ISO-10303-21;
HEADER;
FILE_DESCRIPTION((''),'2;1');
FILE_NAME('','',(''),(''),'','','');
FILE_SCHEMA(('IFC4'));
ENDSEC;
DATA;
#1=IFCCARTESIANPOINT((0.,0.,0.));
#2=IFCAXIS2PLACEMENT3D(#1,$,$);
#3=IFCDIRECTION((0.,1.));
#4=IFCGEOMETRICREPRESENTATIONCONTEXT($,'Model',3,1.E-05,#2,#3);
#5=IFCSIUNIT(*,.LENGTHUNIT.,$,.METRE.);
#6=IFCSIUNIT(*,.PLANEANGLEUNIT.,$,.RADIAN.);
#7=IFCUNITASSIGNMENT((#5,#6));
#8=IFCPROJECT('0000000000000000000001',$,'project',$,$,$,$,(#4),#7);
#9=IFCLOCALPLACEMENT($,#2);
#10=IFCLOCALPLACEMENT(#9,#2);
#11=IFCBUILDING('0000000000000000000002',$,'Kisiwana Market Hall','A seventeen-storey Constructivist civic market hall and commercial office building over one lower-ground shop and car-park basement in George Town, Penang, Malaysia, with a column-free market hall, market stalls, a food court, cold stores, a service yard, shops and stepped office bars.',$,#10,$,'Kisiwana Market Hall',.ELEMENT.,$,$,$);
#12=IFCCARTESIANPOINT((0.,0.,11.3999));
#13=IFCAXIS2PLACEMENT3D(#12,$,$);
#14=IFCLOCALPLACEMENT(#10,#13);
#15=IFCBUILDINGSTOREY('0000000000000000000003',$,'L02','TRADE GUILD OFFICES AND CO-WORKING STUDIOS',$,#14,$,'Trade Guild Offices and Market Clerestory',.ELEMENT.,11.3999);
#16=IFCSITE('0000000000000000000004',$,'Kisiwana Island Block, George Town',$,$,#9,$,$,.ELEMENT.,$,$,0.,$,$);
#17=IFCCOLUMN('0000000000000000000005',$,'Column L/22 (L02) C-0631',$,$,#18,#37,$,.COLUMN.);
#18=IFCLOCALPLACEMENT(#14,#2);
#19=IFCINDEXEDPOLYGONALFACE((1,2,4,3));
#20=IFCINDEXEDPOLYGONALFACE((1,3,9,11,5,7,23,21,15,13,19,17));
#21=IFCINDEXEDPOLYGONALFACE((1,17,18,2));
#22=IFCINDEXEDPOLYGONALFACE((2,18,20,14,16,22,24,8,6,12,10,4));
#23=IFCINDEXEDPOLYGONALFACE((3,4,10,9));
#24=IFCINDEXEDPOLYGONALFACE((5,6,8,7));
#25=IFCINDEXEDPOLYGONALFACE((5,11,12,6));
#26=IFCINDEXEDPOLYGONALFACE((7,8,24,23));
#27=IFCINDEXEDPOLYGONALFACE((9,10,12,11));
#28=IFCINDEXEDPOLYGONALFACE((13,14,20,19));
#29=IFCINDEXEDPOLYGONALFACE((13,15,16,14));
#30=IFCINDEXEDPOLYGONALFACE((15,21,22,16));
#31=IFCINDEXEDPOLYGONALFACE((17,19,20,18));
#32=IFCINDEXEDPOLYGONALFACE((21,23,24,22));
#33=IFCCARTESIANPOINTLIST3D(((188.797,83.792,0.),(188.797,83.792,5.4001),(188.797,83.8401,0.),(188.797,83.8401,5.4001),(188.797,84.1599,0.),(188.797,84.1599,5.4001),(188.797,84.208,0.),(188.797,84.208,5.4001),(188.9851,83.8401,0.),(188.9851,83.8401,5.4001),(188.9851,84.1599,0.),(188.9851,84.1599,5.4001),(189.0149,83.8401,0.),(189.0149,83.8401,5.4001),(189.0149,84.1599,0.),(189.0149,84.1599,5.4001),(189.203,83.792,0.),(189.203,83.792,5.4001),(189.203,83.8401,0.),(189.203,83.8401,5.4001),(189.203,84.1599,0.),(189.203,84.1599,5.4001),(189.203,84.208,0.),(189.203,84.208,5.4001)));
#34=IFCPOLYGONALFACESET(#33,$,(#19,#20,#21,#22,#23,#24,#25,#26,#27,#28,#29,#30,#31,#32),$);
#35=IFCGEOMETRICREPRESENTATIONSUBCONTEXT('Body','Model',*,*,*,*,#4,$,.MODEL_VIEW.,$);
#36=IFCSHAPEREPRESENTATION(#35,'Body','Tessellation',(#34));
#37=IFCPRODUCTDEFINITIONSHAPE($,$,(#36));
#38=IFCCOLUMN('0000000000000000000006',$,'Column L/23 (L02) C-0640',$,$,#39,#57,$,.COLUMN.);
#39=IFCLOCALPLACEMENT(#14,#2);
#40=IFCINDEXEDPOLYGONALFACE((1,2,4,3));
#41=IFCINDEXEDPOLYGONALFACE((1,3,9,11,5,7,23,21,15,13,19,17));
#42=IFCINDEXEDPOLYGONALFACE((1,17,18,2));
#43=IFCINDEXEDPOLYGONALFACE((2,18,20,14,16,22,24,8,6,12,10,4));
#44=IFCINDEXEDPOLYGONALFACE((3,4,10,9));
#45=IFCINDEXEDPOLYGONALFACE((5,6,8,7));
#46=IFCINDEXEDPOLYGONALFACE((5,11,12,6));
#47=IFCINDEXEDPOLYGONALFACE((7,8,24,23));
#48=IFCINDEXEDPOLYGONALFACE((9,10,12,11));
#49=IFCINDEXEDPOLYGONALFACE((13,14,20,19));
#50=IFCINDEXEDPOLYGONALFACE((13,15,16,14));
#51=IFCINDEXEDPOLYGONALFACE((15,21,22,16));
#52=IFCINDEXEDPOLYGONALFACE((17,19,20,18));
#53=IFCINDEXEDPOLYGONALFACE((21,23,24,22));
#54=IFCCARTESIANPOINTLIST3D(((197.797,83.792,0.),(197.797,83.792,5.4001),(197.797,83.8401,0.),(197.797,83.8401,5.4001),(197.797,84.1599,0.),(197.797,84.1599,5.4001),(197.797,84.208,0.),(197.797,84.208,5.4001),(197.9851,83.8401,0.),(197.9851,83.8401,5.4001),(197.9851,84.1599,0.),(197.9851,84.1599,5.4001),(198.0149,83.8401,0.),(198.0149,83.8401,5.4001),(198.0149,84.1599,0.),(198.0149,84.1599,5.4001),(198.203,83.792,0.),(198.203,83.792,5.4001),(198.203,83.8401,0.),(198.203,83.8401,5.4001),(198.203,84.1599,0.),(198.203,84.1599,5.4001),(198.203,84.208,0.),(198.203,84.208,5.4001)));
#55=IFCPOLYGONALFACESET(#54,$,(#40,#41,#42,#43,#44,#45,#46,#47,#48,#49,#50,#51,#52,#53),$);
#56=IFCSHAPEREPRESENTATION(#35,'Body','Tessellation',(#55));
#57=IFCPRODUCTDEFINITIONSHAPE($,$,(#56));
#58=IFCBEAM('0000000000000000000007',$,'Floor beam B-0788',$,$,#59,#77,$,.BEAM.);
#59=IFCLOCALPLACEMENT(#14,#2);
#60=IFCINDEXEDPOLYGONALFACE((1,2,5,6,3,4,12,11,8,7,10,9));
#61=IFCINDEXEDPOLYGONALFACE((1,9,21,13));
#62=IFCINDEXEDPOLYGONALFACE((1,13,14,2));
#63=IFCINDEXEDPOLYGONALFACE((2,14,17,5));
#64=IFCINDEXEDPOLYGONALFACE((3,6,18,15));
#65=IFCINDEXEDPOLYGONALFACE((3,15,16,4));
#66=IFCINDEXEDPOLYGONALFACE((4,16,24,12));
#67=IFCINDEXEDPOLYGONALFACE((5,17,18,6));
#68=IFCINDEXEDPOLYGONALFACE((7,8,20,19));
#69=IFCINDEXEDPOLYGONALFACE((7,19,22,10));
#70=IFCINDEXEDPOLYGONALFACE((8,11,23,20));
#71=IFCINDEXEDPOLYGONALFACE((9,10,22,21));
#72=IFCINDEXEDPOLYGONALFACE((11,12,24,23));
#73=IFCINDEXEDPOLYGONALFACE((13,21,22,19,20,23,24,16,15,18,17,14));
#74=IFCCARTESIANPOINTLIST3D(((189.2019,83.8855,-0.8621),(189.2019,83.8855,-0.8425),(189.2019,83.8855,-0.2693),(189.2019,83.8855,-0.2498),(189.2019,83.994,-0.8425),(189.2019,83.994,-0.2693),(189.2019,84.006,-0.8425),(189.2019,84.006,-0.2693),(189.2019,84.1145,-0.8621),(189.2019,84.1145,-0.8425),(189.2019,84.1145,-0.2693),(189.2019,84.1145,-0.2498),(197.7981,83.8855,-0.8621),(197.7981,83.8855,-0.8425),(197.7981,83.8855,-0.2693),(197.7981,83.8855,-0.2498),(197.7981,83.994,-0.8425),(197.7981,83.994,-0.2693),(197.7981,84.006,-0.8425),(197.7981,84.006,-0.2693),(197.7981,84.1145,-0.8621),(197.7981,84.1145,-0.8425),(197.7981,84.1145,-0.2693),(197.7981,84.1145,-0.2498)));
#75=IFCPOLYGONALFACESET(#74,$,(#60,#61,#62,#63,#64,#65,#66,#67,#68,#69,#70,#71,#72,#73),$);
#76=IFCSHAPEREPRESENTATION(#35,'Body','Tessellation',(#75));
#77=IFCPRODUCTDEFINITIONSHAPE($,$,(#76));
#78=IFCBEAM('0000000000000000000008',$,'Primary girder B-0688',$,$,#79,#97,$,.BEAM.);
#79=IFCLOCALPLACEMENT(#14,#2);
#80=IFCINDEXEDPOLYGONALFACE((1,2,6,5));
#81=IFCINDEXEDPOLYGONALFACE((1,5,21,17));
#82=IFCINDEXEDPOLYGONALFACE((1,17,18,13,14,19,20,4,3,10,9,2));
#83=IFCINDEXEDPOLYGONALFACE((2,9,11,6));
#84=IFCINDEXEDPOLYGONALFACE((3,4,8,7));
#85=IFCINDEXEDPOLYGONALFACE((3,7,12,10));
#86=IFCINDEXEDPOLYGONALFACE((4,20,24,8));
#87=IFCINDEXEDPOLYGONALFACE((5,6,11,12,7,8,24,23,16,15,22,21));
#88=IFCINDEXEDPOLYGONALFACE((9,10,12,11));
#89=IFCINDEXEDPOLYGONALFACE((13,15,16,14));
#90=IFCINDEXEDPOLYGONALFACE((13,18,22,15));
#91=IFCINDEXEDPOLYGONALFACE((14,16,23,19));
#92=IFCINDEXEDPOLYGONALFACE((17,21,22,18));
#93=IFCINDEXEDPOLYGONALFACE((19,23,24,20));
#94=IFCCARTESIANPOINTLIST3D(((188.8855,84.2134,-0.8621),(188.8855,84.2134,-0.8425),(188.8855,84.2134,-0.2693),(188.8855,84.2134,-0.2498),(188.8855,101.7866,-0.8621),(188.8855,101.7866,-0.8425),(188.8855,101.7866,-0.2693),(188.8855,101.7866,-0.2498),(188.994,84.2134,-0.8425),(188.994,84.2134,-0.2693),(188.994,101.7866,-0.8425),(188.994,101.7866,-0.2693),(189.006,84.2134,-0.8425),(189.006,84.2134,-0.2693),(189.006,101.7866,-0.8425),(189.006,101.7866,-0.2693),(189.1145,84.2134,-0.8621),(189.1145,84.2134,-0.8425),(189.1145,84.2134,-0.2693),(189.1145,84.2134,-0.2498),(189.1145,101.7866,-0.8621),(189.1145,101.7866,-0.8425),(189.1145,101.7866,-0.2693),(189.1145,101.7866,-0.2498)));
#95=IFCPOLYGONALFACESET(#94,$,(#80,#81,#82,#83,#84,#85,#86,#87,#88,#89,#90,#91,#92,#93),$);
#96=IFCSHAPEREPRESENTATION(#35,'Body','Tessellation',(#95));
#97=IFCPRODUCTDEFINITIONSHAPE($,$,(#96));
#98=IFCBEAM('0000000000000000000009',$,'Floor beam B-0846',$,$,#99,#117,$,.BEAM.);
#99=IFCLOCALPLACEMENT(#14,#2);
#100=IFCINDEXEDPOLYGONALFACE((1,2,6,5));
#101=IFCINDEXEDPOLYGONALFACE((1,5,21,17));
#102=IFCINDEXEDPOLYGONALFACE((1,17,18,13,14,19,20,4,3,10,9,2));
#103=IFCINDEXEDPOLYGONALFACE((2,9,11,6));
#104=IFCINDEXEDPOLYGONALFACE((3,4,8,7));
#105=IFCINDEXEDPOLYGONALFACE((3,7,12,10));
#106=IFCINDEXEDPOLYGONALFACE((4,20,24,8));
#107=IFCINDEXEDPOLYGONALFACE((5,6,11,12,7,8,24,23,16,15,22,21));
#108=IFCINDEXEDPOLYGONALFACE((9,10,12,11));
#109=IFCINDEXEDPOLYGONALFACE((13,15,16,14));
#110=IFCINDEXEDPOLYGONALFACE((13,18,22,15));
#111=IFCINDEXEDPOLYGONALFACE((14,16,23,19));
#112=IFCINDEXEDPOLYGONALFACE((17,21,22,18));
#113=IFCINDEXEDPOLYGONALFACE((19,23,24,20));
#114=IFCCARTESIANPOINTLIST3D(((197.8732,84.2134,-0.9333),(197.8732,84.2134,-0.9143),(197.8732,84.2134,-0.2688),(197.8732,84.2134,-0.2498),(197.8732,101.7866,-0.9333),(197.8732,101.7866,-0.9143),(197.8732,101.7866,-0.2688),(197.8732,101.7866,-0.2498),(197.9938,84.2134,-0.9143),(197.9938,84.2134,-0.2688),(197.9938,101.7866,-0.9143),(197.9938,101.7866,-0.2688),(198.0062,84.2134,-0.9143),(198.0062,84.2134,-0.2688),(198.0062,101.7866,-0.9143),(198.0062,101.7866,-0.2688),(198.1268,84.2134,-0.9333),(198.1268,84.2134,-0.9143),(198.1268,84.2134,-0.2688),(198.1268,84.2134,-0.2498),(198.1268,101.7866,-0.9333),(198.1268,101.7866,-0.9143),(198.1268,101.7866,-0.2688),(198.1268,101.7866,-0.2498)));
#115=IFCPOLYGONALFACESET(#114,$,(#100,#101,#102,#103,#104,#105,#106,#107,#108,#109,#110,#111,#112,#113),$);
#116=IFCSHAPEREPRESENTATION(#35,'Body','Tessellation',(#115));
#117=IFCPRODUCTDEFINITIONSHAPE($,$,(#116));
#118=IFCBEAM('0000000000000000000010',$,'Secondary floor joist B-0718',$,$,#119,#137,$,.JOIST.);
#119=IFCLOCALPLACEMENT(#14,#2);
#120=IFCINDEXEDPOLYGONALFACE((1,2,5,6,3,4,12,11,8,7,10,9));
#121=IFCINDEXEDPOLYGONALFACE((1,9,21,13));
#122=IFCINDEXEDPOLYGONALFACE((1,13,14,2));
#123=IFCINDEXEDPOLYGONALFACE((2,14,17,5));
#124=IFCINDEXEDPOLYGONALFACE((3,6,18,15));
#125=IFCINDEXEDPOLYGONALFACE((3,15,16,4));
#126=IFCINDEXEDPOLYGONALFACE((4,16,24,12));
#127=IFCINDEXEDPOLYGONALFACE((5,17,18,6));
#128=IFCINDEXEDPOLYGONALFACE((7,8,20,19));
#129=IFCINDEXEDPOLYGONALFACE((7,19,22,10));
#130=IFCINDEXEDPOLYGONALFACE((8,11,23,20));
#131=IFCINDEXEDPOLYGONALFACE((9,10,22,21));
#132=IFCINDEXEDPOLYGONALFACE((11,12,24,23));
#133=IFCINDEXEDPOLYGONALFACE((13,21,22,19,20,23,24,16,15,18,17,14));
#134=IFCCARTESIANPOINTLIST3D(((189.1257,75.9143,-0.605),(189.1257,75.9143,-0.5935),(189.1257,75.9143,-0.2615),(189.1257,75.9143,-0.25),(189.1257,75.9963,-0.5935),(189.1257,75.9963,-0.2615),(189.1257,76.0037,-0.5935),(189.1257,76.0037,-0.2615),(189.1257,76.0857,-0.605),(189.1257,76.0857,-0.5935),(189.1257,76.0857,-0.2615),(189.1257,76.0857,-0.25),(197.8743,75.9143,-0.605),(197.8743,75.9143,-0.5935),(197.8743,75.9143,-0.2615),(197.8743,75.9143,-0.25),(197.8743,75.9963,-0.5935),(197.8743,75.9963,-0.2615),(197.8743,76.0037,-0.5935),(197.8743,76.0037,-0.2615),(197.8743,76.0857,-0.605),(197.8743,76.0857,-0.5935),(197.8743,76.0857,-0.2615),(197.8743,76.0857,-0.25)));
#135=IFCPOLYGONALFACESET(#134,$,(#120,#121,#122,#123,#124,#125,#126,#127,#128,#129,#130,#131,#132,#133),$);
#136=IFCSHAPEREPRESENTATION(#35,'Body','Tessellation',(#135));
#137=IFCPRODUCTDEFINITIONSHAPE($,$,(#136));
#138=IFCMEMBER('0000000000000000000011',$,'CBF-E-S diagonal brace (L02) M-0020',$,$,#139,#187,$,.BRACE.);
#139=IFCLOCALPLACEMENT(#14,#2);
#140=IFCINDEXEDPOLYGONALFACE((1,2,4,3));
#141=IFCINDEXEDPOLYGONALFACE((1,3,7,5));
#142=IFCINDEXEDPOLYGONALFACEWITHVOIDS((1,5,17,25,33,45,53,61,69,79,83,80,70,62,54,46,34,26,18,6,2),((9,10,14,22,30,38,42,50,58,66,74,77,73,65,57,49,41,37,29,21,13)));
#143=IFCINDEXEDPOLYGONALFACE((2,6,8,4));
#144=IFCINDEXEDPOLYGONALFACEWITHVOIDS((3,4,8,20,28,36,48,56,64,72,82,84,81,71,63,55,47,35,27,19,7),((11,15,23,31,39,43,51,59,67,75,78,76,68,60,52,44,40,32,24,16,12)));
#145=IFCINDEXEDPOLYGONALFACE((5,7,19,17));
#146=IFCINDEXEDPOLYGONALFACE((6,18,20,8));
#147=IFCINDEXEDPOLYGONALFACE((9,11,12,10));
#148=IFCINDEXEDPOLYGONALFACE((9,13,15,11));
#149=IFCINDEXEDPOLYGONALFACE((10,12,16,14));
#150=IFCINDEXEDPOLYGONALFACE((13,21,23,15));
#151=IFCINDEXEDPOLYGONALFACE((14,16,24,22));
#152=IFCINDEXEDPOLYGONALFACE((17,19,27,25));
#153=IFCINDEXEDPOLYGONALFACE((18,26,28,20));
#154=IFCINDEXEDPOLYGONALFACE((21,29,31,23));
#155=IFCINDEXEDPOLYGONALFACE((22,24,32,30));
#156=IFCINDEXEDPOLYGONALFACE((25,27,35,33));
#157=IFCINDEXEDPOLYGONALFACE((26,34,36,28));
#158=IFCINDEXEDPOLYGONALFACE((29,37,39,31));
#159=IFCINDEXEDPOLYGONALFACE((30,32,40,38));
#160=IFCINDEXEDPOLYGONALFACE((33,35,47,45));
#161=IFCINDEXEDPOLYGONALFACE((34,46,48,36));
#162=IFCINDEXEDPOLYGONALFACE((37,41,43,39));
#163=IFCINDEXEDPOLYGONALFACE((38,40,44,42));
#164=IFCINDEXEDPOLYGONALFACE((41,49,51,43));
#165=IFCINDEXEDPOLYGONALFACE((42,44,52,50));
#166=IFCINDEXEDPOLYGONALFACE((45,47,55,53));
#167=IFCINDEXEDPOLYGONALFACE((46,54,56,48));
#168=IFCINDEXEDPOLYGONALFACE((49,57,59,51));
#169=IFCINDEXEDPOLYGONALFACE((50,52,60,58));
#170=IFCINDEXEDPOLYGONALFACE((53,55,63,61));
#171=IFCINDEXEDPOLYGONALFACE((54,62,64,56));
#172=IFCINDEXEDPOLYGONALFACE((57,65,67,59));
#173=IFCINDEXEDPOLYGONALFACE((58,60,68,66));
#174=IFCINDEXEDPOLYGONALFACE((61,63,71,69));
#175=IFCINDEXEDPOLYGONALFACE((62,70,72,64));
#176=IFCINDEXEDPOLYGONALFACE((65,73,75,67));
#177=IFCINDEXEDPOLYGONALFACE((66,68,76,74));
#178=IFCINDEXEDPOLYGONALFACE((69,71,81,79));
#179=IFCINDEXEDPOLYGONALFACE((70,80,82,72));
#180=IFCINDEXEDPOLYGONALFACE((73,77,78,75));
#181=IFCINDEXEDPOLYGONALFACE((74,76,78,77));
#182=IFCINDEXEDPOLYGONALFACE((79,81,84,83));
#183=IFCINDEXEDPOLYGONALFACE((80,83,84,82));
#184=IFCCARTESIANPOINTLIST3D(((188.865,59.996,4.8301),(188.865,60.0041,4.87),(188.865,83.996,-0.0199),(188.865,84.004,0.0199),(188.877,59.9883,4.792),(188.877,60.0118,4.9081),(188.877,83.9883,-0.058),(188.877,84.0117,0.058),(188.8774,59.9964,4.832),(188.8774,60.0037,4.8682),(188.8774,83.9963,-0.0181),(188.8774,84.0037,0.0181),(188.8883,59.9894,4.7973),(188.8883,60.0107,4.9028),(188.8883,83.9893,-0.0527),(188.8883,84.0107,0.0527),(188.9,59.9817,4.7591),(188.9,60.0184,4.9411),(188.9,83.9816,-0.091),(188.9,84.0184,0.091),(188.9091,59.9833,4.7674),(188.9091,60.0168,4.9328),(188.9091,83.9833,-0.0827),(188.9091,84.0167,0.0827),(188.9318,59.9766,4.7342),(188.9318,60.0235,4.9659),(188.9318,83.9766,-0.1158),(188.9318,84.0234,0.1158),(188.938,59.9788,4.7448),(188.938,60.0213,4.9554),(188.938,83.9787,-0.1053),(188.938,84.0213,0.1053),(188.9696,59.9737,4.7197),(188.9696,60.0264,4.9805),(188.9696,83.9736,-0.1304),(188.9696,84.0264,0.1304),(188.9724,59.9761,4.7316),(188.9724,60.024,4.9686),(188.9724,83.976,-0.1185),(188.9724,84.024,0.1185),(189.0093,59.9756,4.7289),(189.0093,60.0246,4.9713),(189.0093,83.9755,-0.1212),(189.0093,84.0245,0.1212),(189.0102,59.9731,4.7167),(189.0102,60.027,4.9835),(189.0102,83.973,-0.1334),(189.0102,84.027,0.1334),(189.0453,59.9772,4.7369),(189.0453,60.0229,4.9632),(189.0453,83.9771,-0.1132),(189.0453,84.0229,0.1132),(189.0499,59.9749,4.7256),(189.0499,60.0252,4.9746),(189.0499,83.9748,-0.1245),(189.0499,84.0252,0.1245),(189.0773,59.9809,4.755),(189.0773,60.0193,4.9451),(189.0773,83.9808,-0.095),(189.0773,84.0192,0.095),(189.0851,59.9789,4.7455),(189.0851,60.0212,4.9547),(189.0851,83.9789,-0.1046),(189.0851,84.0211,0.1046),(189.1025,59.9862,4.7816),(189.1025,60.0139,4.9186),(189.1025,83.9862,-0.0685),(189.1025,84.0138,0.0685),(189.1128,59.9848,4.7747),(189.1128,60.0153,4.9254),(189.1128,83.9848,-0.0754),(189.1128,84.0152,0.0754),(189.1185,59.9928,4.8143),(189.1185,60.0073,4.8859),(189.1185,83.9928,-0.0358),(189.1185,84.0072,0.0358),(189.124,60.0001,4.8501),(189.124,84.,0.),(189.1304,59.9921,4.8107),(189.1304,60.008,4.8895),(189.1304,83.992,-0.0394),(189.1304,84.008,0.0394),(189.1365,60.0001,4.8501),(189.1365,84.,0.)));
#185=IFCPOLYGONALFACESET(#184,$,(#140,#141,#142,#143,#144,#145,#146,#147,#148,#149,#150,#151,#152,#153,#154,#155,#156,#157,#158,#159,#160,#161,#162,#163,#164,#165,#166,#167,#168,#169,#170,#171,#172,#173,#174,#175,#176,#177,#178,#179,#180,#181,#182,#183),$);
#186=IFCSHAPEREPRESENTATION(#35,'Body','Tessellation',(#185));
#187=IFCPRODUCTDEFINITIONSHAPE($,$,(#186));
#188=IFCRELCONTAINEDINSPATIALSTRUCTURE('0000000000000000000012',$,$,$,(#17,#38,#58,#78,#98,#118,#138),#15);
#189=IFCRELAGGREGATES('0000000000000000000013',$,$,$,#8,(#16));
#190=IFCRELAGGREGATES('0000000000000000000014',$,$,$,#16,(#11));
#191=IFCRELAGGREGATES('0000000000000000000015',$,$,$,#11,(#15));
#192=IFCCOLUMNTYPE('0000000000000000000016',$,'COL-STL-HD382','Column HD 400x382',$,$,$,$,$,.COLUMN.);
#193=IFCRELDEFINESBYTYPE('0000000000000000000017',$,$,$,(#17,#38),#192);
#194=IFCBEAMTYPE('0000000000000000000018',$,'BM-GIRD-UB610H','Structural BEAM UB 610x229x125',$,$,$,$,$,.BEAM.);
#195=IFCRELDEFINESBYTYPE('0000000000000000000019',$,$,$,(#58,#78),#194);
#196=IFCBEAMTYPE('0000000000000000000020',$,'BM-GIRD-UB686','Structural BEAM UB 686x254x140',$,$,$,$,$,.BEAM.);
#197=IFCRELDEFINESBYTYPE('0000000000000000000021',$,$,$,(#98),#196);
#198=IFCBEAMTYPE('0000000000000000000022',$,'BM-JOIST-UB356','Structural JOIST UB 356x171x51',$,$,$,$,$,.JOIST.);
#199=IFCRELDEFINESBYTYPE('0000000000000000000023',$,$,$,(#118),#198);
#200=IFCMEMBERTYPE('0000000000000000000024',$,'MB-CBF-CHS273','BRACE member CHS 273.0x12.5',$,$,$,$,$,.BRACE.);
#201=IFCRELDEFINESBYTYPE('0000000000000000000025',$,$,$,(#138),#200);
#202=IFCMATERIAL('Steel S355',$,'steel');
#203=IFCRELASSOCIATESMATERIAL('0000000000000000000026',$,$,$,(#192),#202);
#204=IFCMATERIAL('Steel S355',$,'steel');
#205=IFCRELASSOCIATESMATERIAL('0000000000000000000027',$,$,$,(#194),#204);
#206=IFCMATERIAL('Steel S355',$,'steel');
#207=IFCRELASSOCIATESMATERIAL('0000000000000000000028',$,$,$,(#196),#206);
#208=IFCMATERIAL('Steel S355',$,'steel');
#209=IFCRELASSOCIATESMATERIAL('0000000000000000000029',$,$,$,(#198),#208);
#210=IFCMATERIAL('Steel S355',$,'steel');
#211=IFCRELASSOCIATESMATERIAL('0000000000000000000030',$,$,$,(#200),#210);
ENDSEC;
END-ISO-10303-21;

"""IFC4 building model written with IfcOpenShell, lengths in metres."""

from ifc_helpers import new_model, si_unit, direction, frame, origin, origin_2d, place, context, subcontext, project, spatial, hollow_circle, i_section, extrude, material, material_profile, profile_set, type_object, element, save


model = new_model("IFC4")

# Units and contexts
model_context = context("Model", 3, precision=1e-05, world=origin(), true_north=direction((0.0, 1.0)))
body_context = subcontext(model_context, "Body", "Model", "MODEL_VIEW")
ifc_project = project(units=[si_unit("LENGTHUNIT", "METRE"), si_unit("PLANEANGLEUNIT", "RADIAN")], contexts=[model_context])

# Site, building, storey
site_placement = place(None, origin())
site = spatial("IfcSite", under=ifc_project, at=site_placement, Name="Kisiwana Island Block, George Town", CompositionType="ELEMENT", RefElevation=0.0)
building_placement = place(site_placement, origin())
building = spatial("IfcBuilding", under=site, at=building_placement, Name="Kisiwana Market Hall", Description="A seventeen-storey Constructivist civic market hall and commercial office building over one lower-ground shop and car-park basement in George Town, Penang, Malaysia, with a column-free market hall, market stalls, a food court, cold stores, a service yard, shops and stepped office bars.", LongName="Kisiwana Market Hall", CompositionType="ELEMENT")
storey_placement = place(building_placement, frame((0.0, 0.0, 11.3999)))
storey = spatial("IfcBuildingStorey", under=building, at=storey_placement, Name="L02", Description="TRADE GUILD OFFICES AND CO-WORKING STUDIOS", LongName="Trade Guild Offices and Market Clerestory", CompositionType="ELEMENT", Elevation=11.3999)

# Columns
ifc_material_1 = material(Name="Steel S355", Category="steel")
ifc_material_profile_1 = material_profile(ifc_material_1, i_section(OverallWidth=0.406, OverallDepth=0.416, WebThickness=0.0298, FlangeThickness=0.0481, at=origin_2d()), Name="HD 400x382")
ifc_profile_set_1 = profile_set([ifc_material_profile_1], Name="Steel S355")
column_type = type_object("IfcColumnType", Name="COL-STL-HD382", Description="Column HD 400x382", PredefinedType="COLUMN", material=ifc_profile_set_1)
for number, where, z_axis, x_axis, name in (
    (1, (189.0, 84.0, 0.0), (0.0, 0.0, 1.0), (1.0, 0.0, 0.0), "Column L/22 (L02) C-0631"),
    (2, (198.0, 84.0, 0.0), (0.0, 0.0, 1.0), (1.0, 0.0, 0.0), "Column L/23 (L02) C-0640"),
):
    element("IfcColumn", number, at=place(storey_placement, frame(where, z_axis=z_axis, x_axis=x_axis)), inside=storey, type_object=column_type, Name=name, PredefinedType="COLUMN", context=body_context, shape_type="SweptSolid", body=[
        extrude(i_section(OverallWidth=0.406, OverallDepth=0.416, WebThickness=0.0298, FlangeThickness=0.0481, at=origin_2d()), origin(), (0.0, 0.0, 1.0), 5.4001),
    ])

# Beams
ifc_material_2 = material(Name="Steel S355", Category="steel")
ifc_material_profile_2 = material_profile(ifc_material_2, i_section(OverallWidth=0.229, OverallDepth=0.6123, WebThickness=0.012, FlangeThickness=0.0195, at=origin_2d()), Name="UB 610x229x125")
ifc_profile_set_2 = profile_set([ifc_material_profile_2], Name="Steel S355")
beam_type_1 = type_object("IfcBeamType", Name="BM-GIRD-UB610H", Description="Structural BEAM UB 610x229x125", PredefinedType="BEAM", material=ifc_profile_set_2)
beam_1_placement = place(storey_placement, frame((189.2019, 84.0, -0.5559), z_axis=(1.0, 0.0, 0.0), x_axis=(0.0, 1.0, 0.0)))
element("IfcBeam", 3, at=beam_1_placement, inside=storey, type_object=beam_type_1, Name="Floor beam B-0788", PredefinedType="BEAM", context=body_context, shape_type="SweptSolid", body=[
    extrude(i_section(OverallWidth=0.229, OverallDepth=0.6123, WebThickness=0.012, FlangeThickness=0.0195, at=origin_2d()), origin(), (0.0, 0.0, 1.0), 8.5962),
])
beam_2_placement = place(storey_placement, frame((189.0, 84.2134, -0.5559), z_axis=(0.0, 1.0, 0.0), x_axis=(-1.0, 0.0, 0.0)))
element("IfcBeam", 4, at=beam_2_placement, inside=storey, type_object=beam_type_1, Name="Primary girder B-0688", PredefinedType="BEAM", context=body_context, shape_type="SweptSolid", body=[
    extrude(i_section(OverallWidth=0.229, OverallDepth=0.6123, WebThickness=0.012, FlangeThickness=0.0195, at=origin_2d()), origin(), (0.0, 0.0, 1.0), 17.5732),
])
ifc_material_3 = material(Name="Steel S355", Category="steel")
ifc_material_profile_3 = material_profile(ifc_material_3, i_section(OverallWidth=0.2537, OverallDepth=0.6836, WebThickness=0.0125, FlangeThickness=0.019, at=origin_2d()), Name="UB 686x254x140")
ifc_profile_set_3 = profile_set([ifc_material_profile_3], Name="Steel S355")
beam_type_2 = type_object("IfcBeamType", Name="BM-GIRD-UB686", Description="Structural BEAM UB 686x254x140", PredefinedType="BEAM", material=ifc_profile_set_3)
beam_3_placement = place(storey_placement, frame((198.0, 84.2134, -0.5916), z_axis=(0.0, 1.0, 0.0), x_axis=(-1.0, 0.0, 0.0)))
element("IfcBeam", 5, at=beam_3_placement, inside=storey, type_object=beam_type_2, Name="Floor beam B-0846", PredefinedType="BEAM", context=body_context, shape_type="SweptSolid", body=[
    extrude(i_section(OverallWidth=0.2537, OverallDepth=0.6836, WebThickness=0.0125, FlangeThickness=0.019, at=origin_2d()), origin(), (0.0, 0.0, 1.0), 17.5732),
])
ifc_material_4 = material(Name="Steel S355", Category="steel")
ifc_material_profile_4 = material_profile(ifc_material_4, i_section(OverallWidth=0.1714, OverallDepth=0.355, WebThickness=0.0073, FlangeThickness=0.0115, at=origin_2d()), Name="UB 356x171x51")
ifc_profile_set_4 = profile_set([ifc_material_profile_4], Name="Steel S355")
beam_type_3 = type_object("IfcBeamType", Name="BM-JOIST-UB356", Description="Structural JOIST UB 356x171x51", PredefinedType="JOIST", material=ifc_profile_set_4)
beam_4_placement = place(storey_placement, frame((189.1257, 76.0, -0.4275), z_axis=(1.0, 0.0, 0.0), x_axis=(0.0, 1.0, 0.0)))
element("IfcBeam", 6, at=beam_4_placement, inside=storey, type_object=beam_type_3, Name="Secondary floor joist B-0718", PredefinedType="JOIST", context=body_context, shape_type="SweptSolid", body=[
    extrude(i_section(OverallWidth=0.1714, OverallDepth=0.355, WebThickness=0.0073, FlangeThickness=0.0115, at=origin_2d()), origin(), (0.0, 0.0, 1.0), 8.7485),
])

# Member
ifc_material_5 = material(Name="Steel S355", Category="steel")
ifc_material_profile_5 = material_profile(ifc_material_5, hollow_circle(Radius=0.1365, WallThickness=0.0125, at=origin_2d()), Name="CHS 273.0x12.5")
ifc_profile_set_5 = profile_set([ifc_material_profile_5], Name="Steel S355")
member_type = type_object("IfcMemberType", Name="MB-CBF-CHS273", Description="BRACE member CHS 273.0x12.5", PredefinedType="BRACE", material=ifc_profile_set_5)
member_placement = place(storey_placement, frame((189.0, 84.0, 0.0), z_axis=(0.0, -0.980185, 0.198083), x_axis=(1.0, 0.0, 0.0)))
element("IfcMember", 7, at=member_placement, inside=storey, type_object=member_type, Name="CBF-E-S diagonal brace (L02) M-0020", PredefinedType="BRACE", context=body_context, shape_type="SweptSolid", body=[
    extrude(hollow_circle(Radius=0.1365, WallThickness=0.0125, at=origin_2d()), origin(), (0.0, 0.0, 1.0), 24.4851),
])

save(model, "model.ifc")
